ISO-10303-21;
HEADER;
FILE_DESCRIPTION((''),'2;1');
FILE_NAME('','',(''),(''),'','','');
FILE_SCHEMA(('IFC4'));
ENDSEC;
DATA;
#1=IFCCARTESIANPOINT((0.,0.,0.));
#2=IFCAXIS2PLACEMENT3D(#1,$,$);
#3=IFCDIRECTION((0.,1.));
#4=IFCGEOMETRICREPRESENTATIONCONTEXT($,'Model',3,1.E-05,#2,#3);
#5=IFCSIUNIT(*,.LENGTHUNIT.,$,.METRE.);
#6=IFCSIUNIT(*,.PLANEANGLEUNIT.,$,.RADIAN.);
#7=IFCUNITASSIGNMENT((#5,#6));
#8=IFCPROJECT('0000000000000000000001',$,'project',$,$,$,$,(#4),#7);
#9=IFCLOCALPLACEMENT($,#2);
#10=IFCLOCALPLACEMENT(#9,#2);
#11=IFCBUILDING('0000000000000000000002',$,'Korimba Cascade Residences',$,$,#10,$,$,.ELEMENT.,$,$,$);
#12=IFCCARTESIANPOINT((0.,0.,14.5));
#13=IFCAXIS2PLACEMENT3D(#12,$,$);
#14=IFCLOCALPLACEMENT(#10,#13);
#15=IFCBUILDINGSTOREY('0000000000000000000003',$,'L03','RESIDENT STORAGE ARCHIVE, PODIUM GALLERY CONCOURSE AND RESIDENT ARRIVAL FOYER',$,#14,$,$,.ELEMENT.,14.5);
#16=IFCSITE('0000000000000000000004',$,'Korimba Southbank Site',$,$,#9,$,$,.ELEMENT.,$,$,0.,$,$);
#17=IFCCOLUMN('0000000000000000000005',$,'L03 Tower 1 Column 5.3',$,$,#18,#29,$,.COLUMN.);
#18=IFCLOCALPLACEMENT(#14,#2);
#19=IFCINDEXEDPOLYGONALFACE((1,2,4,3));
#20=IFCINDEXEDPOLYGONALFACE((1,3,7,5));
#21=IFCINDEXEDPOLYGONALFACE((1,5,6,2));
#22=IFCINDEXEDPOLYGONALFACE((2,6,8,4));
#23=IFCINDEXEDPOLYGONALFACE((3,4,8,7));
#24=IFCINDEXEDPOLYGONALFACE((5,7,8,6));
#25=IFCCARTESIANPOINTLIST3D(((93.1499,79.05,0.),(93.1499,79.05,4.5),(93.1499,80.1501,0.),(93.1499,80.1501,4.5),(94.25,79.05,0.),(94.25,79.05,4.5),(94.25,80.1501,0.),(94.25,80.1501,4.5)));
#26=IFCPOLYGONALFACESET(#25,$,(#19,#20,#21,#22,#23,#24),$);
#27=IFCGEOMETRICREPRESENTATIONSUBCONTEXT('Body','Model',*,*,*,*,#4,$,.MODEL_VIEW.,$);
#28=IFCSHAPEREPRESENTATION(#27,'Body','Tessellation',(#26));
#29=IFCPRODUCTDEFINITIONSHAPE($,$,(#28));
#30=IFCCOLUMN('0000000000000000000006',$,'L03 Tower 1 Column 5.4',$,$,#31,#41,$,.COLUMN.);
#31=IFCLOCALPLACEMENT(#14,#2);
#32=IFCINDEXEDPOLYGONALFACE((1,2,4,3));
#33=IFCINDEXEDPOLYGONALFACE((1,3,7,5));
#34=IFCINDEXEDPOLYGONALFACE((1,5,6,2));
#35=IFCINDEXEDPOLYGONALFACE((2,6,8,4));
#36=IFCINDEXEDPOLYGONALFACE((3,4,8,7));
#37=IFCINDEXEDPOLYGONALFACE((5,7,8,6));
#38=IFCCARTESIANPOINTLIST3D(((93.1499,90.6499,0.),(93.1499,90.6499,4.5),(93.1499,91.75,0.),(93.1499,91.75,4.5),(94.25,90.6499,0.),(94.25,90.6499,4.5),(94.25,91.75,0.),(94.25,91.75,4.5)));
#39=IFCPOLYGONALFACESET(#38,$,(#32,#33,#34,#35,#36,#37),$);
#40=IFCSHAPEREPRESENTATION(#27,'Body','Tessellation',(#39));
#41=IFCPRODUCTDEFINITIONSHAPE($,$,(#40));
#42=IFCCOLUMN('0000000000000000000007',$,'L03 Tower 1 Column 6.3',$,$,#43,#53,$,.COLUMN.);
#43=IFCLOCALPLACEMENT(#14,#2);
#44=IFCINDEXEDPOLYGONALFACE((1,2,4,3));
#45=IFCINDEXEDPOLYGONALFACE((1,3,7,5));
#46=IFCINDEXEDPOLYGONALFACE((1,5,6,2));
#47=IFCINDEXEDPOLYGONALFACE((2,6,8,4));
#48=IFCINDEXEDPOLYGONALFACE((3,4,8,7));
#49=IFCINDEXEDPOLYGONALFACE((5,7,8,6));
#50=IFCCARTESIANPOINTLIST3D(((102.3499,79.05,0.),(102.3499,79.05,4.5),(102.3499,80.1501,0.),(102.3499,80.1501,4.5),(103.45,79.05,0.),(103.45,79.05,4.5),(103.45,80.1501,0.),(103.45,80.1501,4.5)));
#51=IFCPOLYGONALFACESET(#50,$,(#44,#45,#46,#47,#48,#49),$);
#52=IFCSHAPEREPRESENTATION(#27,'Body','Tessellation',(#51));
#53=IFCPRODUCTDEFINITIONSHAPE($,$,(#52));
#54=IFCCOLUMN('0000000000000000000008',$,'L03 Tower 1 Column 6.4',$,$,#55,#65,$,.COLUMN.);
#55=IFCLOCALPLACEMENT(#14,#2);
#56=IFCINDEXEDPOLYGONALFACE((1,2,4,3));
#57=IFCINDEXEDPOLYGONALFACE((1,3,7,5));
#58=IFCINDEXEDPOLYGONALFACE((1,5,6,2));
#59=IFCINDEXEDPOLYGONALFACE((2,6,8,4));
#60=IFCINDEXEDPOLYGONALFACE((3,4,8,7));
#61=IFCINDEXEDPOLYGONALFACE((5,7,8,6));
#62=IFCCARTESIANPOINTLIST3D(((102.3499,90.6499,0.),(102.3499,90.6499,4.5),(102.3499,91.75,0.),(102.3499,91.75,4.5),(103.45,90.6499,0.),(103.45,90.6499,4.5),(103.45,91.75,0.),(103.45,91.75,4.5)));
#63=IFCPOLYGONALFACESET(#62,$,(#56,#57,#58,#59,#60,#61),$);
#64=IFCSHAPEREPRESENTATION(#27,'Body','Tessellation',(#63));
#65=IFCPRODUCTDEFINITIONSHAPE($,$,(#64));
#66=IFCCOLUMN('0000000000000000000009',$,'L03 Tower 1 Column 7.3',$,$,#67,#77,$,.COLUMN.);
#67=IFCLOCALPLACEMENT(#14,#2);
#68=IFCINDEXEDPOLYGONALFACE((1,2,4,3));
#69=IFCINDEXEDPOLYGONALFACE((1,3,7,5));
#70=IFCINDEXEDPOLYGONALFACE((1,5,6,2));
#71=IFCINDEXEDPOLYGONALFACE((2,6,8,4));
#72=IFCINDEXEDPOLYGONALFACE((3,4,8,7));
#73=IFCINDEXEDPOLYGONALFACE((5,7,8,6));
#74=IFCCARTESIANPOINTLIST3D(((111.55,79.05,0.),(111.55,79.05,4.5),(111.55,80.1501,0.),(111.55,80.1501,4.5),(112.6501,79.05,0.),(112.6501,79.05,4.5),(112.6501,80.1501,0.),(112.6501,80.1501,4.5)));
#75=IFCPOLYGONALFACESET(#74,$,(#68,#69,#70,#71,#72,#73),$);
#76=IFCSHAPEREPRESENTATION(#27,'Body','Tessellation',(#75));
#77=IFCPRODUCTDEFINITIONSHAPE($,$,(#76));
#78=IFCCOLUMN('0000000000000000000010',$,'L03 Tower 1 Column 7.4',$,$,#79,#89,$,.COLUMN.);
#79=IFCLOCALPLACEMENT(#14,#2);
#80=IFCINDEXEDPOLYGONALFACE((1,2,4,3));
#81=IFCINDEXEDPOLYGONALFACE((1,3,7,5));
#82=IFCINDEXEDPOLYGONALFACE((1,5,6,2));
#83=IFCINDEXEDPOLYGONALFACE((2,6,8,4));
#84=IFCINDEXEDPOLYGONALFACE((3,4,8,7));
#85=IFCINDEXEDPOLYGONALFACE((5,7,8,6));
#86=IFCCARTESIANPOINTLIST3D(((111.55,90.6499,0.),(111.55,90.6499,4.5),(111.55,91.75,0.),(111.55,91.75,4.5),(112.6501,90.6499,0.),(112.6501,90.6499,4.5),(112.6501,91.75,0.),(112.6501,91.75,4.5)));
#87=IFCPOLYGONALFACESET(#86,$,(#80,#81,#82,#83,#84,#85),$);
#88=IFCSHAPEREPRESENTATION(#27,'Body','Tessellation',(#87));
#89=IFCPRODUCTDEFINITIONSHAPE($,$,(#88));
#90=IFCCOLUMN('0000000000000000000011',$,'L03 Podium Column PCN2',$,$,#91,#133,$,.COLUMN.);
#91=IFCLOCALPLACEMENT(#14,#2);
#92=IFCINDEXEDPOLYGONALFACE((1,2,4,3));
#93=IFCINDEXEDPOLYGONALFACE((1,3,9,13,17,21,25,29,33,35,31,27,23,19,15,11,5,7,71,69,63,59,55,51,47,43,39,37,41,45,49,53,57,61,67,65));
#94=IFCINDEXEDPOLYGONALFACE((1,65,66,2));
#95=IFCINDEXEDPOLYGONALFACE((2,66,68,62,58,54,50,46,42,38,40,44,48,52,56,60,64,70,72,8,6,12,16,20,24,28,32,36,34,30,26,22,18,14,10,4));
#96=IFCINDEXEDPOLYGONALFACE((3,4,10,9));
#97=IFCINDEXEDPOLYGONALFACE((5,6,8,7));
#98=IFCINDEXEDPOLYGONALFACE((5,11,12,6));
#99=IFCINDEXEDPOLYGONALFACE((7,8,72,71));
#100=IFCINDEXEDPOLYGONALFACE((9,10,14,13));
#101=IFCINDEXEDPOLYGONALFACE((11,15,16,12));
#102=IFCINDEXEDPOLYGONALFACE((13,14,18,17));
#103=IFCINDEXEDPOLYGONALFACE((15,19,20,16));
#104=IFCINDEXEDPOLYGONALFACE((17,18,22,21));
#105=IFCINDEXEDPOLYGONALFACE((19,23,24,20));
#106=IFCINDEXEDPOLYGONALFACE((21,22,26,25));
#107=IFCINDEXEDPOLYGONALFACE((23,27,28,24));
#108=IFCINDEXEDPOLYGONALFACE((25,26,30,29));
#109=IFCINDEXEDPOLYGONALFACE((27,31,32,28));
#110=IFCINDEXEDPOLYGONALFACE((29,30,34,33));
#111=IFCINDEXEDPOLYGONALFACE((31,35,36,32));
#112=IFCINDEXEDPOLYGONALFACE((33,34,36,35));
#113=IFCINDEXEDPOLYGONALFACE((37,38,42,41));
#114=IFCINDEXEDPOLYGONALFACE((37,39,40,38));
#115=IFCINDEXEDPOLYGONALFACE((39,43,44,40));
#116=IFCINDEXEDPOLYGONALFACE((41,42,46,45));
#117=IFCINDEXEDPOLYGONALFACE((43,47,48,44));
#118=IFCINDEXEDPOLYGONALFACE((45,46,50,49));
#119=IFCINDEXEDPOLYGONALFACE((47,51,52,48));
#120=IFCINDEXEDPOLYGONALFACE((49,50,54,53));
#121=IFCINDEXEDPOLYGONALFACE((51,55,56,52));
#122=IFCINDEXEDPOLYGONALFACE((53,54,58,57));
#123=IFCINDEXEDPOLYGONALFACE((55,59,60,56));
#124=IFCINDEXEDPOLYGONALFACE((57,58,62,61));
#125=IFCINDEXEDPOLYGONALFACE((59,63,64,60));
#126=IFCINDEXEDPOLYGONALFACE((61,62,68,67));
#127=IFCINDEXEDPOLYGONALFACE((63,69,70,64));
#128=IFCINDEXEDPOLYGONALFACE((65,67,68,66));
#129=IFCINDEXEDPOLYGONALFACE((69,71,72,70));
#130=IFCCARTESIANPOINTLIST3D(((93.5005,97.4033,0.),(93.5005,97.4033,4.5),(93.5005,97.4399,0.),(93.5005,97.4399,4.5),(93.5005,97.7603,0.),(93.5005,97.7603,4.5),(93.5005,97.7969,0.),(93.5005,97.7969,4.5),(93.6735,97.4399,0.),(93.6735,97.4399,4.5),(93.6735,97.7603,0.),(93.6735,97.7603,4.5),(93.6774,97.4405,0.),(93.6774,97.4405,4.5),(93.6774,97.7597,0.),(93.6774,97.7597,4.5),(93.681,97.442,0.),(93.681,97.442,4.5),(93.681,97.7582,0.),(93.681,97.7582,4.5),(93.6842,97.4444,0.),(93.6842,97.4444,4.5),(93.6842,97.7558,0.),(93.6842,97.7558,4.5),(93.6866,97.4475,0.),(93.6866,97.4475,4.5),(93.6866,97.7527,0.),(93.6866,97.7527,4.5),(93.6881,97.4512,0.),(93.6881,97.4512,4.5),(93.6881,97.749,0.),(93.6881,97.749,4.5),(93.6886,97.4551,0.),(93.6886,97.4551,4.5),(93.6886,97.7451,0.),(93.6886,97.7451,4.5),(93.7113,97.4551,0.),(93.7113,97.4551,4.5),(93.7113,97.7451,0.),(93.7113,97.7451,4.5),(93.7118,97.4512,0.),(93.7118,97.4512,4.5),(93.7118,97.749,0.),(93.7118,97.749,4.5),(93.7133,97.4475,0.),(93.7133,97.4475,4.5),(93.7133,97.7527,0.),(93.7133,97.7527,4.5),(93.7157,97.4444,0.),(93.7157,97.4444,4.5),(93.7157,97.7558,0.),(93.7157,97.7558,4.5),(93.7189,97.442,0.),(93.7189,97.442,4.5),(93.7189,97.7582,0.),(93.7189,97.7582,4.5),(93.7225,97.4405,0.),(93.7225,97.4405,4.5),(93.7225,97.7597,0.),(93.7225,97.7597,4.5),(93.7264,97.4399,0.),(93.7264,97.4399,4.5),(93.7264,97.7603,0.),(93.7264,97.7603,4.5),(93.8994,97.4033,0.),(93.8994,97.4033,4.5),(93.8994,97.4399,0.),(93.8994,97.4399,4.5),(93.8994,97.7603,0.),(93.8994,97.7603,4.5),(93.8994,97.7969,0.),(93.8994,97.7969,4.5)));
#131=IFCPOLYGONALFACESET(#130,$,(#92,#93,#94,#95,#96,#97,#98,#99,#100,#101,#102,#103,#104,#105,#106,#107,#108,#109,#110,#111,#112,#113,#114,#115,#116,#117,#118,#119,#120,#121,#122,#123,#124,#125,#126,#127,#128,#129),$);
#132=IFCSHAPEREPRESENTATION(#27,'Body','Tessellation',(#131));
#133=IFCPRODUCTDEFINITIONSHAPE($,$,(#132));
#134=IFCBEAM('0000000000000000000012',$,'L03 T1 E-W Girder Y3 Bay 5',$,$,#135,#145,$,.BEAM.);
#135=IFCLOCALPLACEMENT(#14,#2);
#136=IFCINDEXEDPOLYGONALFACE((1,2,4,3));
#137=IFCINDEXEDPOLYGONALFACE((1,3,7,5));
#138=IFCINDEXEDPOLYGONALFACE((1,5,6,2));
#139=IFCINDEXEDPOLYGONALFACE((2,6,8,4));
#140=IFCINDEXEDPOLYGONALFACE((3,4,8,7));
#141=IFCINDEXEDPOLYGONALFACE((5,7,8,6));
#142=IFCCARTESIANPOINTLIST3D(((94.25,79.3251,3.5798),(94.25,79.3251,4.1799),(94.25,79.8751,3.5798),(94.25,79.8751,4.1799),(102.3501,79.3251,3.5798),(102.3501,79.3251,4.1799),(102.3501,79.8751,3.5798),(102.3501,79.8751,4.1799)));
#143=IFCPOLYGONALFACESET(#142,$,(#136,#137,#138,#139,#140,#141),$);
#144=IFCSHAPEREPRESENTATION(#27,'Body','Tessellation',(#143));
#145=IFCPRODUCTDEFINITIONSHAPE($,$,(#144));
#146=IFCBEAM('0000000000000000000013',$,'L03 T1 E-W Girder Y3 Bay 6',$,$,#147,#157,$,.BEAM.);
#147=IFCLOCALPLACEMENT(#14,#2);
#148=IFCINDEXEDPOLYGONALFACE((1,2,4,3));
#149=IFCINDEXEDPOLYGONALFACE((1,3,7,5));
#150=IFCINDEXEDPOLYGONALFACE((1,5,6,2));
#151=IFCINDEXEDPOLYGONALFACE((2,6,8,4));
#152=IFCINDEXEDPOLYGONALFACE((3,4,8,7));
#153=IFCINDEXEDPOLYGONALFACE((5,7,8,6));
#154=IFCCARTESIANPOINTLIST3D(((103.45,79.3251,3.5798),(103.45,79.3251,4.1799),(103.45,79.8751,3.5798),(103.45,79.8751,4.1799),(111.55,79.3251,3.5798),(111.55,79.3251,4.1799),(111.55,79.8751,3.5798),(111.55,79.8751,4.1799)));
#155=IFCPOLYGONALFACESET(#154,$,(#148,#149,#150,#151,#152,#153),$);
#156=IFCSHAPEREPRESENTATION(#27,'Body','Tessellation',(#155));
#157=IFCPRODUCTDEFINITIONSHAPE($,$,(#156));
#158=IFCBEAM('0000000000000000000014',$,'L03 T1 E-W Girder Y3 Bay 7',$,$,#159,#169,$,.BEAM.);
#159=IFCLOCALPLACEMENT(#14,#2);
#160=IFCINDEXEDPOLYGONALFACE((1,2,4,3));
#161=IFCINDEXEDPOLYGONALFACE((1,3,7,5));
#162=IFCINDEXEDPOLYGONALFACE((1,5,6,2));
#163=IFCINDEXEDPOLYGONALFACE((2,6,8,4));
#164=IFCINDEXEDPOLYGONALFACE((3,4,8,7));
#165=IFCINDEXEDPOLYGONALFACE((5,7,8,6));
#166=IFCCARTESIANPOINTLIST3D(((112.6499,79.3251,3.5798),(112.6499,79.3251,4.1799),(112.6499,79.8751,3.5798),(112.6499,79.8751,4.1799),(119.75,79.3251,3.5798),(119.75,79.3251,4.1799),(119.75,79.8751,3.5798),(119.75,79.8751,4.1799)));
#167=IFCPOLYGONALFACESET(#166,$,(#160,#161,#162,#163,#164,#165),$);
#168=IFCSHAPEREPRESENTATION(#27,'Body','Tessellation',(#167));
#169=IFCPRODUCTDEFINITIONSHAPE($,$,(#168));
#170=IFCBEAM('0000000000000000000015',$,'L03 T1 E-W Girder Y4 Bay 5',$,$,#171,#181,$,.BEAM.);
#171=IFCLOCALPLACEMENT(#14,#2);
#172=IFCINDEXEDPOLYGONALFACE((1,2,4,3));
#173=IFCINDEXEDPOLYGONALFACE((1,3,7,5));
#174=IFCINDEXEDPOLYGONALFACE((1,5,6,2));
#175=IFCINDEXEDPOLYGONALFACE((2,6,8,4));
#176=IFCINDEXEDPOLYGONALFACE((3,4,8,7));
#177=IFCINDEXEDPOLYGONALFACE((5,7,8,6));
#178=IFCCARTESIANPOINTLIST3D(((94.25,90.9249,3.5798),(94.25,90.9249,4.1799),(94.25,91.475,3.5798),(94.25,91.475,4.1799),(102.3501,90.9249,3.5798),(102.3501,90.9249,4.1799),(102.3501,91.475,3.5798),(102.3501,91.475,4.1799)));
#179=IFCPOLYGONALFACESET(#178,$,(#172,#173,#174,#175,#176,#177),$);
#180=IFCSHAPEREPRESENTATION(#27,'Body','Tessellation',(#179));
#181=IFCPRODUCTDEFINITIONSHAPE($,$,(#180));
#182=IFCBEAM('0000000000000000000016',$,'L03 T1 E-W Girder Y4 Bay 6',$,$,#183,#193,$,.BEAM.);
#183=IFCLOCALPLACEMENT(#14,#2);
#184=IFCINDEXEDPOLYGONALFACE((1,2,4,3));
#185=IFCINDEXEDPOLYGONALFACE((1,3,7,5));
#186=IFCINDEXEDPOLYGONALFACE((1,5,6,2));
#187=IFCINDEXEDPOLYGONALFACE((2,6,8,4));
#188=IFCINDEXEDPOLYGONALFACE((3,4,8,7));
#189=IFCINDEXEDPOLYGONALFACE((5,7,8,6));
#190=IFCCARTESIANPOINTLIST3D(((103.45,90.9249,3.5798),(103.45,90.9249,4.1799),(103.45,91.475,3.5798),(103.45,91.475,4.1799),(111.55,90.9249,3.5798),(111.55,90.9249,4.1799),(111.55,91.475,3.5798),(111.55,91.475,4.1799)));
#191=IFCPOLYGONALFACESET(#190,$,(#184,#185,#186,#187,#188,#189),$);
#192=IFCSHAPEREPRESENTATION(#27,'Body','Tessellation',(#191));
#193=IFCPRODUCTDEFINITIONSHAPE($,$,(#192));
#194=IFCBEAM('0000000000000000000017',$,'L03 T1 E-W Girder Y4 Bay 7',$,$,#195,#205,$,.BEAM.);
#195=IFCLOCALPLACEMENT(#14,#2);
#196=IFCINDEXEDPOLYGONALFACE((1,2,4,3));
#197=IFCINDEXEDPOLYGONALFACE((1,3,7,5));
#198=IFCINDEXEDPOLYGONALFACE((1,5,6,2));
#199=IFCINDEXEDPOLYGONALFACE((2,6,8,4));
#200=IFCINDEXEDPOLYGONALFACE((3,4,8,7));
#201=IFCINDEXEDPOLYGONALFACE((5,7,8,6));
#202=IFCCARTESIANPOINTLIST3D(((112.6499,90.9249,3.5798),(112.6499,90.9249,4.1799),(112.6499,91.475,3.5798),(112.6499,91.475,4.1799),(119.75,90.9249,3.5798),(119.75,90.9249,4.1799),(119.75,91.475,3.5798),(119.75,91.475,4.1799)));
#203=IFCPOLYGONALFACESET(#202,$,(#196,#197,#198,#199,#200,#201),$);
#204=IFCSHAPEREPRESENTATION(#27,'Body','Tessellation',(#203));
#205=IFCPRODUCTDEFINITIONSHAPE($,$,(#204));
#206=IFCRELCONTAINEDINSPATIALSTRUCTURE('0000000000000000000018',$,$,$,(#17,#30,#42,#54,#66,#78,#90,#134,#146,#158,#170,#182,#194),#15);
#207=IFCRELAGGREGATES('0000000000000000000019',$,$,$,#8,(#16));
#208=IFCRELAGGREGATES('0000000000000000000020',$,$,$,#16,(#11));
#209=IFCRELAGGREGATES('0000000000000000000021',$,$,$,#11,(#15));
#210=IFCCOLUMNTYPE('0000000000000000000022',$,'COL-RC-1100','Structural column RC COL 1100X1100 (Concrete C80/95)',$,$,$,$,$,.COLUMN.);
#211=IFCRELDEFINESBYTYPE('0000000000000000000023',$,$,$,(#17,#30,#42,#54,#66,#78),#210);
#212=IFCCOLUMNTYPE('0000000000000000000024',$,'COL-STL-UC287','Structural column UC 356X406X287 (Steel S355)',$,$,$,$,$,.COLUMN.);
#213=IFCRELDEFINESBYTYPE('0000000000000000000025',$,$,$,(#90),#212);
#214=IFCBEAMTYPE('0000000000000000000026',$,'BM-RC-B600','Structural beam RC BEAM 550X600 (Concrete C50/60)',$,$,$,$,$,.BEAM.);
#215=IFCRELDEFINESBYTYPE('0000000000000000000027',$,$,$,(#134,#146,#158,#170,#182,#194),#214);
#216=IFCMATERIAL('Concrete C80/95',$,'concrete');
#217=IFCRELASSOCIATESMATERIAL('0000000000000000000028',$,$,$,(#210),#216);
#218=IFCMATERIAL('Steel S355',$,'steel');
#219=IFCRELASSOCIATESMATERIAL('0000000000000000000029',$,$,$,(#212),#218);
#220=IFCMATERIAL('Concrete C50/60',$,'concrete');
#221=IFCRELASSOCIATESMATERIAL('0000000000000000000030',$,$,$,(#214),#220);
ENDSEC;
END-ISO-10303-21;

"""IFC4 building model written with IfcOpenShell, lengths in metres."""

from ifc_helpers import new_model, si_unit, direction, frame, origin, origin_2d, place, context, subcontext, project, spatial, rectangle, i_section, extrude, material, material_profile, profile_set, type_object, element, save


model = new_model("IFC4")

# Units and contexts
model_context = context("Model", 3, precision=1e-05, world=origin(), true_north=direction((0.0, 1.0)))
body_context = subcontext(model_context, "Body", "Model", "MODEL_VIEW")
ifc_project = project(units=[si_unit("LENGTHUNIT", "METRE"), si_unit("PLANEANGLEUNIT", "RADIAN")], contexts=[model_context])

# Site, building, storey
site_placement = place(None, origin())
site = spatial("IfcSite", under=ifc_project, at=site_placement, Name="Korimba Southbank Site", CompositionType="ELEMENT", RefElevation=0.0)
building_placement = place(site_placement, origin())
building = spatial("IfcBuilding", under=site, at=building_placement, Name="Korimba Cascade Residences", CompositionType="ELEMENT")
storey_placement = place(building_placement, frame((0.0, 0.0, 14.5)))
storey = spatial("IfcBuildingStorey", under=building, at=storey_placement, Name="L03", Description="RESIDENT STORAGE ARCHIVE, PODIUM GALLERY CONCOURSE AND RESIDENT ARRIVAL FOYER", CompositionType="ELEMENT", Elevation=14.5)

# Columns
ifc_material_1 = material(Name="Concrete C80/95", Category="concrete")
ifc_material_profile_1 = material_profile(ifc_material_1, rectangle(XDim=1.1001, YDim=1.1001, at=origin_2d()), Name="Concrete C80/95")
ifc_profile_set_1 = profile_set([ifc_material_profile_1], Name="Concrete C80/95")
column_type_1 = type_object("IfcColumnType", Name="COL-RC-1100", Description="Structural column RC COL 1100X1100 (Concrete C80/95)", PredefinedType="COLUMN", material=ifc_profile_set_1)
for number, where, z_axis, x_axis, name in (
    (1, (93.7, 79.6001, 0.0), (0.0, 0.0, 1.0), (1.0, 0.0, 0.0), "L03 Tower 1 Column 5.3"),
    (2, (93.7, 91.2, 0.0), (0.0, 0.0, 1.0), (1.0, 0.0, 0.0), "L03 Tower 1 Column 5.4"),
    (3, (102.8999, 79.6001, 0.0), (0.0, 0.0, 1.0), (1.0, 0.0, 0.0), "L03 Tower 1 Column 6.3"),
    (4, (102.8999, 91.2, 0.0), (0.0, 0.0, 1.0), (1.0, 0.0, 0.0), "L03 Tower 1 Column 6.4"),
    (5, (112.1001, 79.6001, 0.0), (0.0, 0.0, 1.0), (1.0, 0.0, 0.0), "L03 Tower 1 Column 7.3"),
    (6, (112.1001, 91.2, 0.0), (0.0, 0.0, 1.0), (1.0, 0.0, 0.0), "L03 Tower 1 Column 7.4"),
):
    element("IfcColumn", number, at=place(storey_placement, frame(where, z_axis=z_axis, x_axis=x_axis)), inside=storey, type_object=column_type_1, Name=name, PredefinedType="COLUMN", context=body_context, shape_type="SweptSolid", body=[
        extrude(rectangle(XDim=1.1001, YDim=1.1001, at=origin_2d()), origin(), (0.0, 0.0, 1.0), 4.5),
    ])
ifc_material_2 = material(Name="Steel S355", Category="steel")
ifc_material_profile_2 = material_profile(ifc_material_2, i_section(OverallWidth=0.3989, OverallDepth=0.3936, WebThickness=0.0227, FlangeThickness=0.0366, FilletRadius=0.0151, at=origin_2d()), Name="Steel S355")
ifc_profile_set_2 = profile_set([ifc_material_profile_2], Name="Steel S355")
column_type_2 = type_object("IfcColumnType", Name="COL-STL-UC287", Description="Structural column UC 356X406X287 (Steel S355)", PredefinedType="COLUMN", material=ifc_profile_set_2)
column_placement = place(storey_placement, frame((93.7, 97.6001, 0.0), z_axis=(0.0, 0.0, 1.0), x_axis=(1.0, 0.0, 0.0)))
element("IfcColumn", 7, at=column_placement, inside=storey, type_object=column_type_2, Name="L03 Podium Column PCN2", PredefinedType="COLUMN", context=body_context, shape_type="SweptSolid", body=[
    extrude(i_section(OverallWidth=0.3989, OverallDepth=0.3936, WebThickness=0.0227, FlangeThickness=0.0366, FilletRadius=0.0151, at=origin_2d()), origin(), (0.0, 0.0, 1.0), 4.5),
])

# Beams
ifc_material_3 = material(Name="Concrete C50/60", Category="concrete")
ifc_material_profile_3 = material_profile(ifc_material_3, rectangle(XDim=0.55, YDim=0.6001, at=origin_2d()), Name="Concrete C50/60")
ifc_profile_set_3 = profile_set([ifc_material_profile_3], Name="Concrete C50/60")
beam_type_1 = type_object("IfcBeamType", Name="BM-RC-B600", Description="Structural beam RC BEAM 550X600 (Concrete C50/60)", PredefinedType="BEAM", material=ifc_profile_set_3)
for number, where, z_axis, x_axis, name in (
    (8, (94.25, 79.6001, 3.8799), (1.0, 0.0, 0.0), (0.0, 1.0, 0.0), "L03 T1 E-W Girder Y3 Bay 5"),
    (9, (103.45, 79.6001, 3.8799), (1.0, 0.0, 0.0), (0.0, 1.0, 0.0), "L03 T1 E-W Girder Y3 Bay 6"),
):
    element("IfcBeam", number, at=place(storey_placement, frame(where, z_axis=z_axis, x_axis=x_axis)), inside=storey, type_object=beam_type_1, Name=name, PredefinedType="BEAM", context=body_context, shape_type="SweptSolid", body=[
        extrude(rectangle(XDim=0.55, YDim=0.6001, at=origin_2d()), origin(), (0.0, 0.0, 1.0), 8.1001),
    ])
beam_1_placement = place(storey_placement, frame((112.6499, 79.6001, 3.8799), z_axis=(1.0, 0.0, 0.0), x_axis=(0.0, 1.0, 0.0)))
element("IfcBeam", 10, at=beam_1_placement, inside=storey, type_object=beam_type_1, Name="L03 T1 E-W Girder Y3 Bay 7", PredefinedType="BEAM", context=body_context, shape_type="SweptSolid", body=[
    extrude(rectangle(XDim=0.55, YDim=0.6001, at=origin_2d()), origin(), (0.0, 0.0, 1.0), 7.1001),
])
for number, where, z_axis, x_axis, name in (
    (11, (94.25, 91.2, 3.8799), (1.0, 0.0, 0.0), (0.0, 1.0, 0.0), "L03 T1 E-W Girder Y4 Bay 5"),
    (12, (103.45, 91.2, 3.8799), (1.0, 0.0, 0.0), (0.0, 1.0, 0.0), "L03 T1 E-W Girder Y4 Bay 6"),
):
    element("IfcBeam", number, at=place(storey_placement, frame(where, z_axis=z_axis, x_axis=x_axis)), inside=storey, type_object=beam_type_1, Name=name, PredefinedType="BEAM", context=body_context, shape_type="SweptSolid", body=[
        extrude(rectangle(XDim=0.55, YDim=0.6001, at=origin_2d()), origin(), (0.0, 0.0, 1.0), 8.1001),
    ])
beam_2_placement = place(storey_placement, frame((112.6499, 91.2, 3.8799), z_axis=(1.0, 0.0, 0.0), x_axis=(0.0, 1.0, 0.0)))
element("IfcBeam", 13, at=beam_2_placement, inside=storey, type_object=beam_type_1, Name="L03 T1 E-W Girder Y4 Bay 7", PredefinedType="BEAM", context=body_context, shape_type="SweptSolid", body=[
    extrude(rectangle(XDim=0.55, YDim=0.6001, at=origin_2d()), origin(), (0.0, 0.0, 1.0), 7.1001),
])

save(model, "model.ifc")
